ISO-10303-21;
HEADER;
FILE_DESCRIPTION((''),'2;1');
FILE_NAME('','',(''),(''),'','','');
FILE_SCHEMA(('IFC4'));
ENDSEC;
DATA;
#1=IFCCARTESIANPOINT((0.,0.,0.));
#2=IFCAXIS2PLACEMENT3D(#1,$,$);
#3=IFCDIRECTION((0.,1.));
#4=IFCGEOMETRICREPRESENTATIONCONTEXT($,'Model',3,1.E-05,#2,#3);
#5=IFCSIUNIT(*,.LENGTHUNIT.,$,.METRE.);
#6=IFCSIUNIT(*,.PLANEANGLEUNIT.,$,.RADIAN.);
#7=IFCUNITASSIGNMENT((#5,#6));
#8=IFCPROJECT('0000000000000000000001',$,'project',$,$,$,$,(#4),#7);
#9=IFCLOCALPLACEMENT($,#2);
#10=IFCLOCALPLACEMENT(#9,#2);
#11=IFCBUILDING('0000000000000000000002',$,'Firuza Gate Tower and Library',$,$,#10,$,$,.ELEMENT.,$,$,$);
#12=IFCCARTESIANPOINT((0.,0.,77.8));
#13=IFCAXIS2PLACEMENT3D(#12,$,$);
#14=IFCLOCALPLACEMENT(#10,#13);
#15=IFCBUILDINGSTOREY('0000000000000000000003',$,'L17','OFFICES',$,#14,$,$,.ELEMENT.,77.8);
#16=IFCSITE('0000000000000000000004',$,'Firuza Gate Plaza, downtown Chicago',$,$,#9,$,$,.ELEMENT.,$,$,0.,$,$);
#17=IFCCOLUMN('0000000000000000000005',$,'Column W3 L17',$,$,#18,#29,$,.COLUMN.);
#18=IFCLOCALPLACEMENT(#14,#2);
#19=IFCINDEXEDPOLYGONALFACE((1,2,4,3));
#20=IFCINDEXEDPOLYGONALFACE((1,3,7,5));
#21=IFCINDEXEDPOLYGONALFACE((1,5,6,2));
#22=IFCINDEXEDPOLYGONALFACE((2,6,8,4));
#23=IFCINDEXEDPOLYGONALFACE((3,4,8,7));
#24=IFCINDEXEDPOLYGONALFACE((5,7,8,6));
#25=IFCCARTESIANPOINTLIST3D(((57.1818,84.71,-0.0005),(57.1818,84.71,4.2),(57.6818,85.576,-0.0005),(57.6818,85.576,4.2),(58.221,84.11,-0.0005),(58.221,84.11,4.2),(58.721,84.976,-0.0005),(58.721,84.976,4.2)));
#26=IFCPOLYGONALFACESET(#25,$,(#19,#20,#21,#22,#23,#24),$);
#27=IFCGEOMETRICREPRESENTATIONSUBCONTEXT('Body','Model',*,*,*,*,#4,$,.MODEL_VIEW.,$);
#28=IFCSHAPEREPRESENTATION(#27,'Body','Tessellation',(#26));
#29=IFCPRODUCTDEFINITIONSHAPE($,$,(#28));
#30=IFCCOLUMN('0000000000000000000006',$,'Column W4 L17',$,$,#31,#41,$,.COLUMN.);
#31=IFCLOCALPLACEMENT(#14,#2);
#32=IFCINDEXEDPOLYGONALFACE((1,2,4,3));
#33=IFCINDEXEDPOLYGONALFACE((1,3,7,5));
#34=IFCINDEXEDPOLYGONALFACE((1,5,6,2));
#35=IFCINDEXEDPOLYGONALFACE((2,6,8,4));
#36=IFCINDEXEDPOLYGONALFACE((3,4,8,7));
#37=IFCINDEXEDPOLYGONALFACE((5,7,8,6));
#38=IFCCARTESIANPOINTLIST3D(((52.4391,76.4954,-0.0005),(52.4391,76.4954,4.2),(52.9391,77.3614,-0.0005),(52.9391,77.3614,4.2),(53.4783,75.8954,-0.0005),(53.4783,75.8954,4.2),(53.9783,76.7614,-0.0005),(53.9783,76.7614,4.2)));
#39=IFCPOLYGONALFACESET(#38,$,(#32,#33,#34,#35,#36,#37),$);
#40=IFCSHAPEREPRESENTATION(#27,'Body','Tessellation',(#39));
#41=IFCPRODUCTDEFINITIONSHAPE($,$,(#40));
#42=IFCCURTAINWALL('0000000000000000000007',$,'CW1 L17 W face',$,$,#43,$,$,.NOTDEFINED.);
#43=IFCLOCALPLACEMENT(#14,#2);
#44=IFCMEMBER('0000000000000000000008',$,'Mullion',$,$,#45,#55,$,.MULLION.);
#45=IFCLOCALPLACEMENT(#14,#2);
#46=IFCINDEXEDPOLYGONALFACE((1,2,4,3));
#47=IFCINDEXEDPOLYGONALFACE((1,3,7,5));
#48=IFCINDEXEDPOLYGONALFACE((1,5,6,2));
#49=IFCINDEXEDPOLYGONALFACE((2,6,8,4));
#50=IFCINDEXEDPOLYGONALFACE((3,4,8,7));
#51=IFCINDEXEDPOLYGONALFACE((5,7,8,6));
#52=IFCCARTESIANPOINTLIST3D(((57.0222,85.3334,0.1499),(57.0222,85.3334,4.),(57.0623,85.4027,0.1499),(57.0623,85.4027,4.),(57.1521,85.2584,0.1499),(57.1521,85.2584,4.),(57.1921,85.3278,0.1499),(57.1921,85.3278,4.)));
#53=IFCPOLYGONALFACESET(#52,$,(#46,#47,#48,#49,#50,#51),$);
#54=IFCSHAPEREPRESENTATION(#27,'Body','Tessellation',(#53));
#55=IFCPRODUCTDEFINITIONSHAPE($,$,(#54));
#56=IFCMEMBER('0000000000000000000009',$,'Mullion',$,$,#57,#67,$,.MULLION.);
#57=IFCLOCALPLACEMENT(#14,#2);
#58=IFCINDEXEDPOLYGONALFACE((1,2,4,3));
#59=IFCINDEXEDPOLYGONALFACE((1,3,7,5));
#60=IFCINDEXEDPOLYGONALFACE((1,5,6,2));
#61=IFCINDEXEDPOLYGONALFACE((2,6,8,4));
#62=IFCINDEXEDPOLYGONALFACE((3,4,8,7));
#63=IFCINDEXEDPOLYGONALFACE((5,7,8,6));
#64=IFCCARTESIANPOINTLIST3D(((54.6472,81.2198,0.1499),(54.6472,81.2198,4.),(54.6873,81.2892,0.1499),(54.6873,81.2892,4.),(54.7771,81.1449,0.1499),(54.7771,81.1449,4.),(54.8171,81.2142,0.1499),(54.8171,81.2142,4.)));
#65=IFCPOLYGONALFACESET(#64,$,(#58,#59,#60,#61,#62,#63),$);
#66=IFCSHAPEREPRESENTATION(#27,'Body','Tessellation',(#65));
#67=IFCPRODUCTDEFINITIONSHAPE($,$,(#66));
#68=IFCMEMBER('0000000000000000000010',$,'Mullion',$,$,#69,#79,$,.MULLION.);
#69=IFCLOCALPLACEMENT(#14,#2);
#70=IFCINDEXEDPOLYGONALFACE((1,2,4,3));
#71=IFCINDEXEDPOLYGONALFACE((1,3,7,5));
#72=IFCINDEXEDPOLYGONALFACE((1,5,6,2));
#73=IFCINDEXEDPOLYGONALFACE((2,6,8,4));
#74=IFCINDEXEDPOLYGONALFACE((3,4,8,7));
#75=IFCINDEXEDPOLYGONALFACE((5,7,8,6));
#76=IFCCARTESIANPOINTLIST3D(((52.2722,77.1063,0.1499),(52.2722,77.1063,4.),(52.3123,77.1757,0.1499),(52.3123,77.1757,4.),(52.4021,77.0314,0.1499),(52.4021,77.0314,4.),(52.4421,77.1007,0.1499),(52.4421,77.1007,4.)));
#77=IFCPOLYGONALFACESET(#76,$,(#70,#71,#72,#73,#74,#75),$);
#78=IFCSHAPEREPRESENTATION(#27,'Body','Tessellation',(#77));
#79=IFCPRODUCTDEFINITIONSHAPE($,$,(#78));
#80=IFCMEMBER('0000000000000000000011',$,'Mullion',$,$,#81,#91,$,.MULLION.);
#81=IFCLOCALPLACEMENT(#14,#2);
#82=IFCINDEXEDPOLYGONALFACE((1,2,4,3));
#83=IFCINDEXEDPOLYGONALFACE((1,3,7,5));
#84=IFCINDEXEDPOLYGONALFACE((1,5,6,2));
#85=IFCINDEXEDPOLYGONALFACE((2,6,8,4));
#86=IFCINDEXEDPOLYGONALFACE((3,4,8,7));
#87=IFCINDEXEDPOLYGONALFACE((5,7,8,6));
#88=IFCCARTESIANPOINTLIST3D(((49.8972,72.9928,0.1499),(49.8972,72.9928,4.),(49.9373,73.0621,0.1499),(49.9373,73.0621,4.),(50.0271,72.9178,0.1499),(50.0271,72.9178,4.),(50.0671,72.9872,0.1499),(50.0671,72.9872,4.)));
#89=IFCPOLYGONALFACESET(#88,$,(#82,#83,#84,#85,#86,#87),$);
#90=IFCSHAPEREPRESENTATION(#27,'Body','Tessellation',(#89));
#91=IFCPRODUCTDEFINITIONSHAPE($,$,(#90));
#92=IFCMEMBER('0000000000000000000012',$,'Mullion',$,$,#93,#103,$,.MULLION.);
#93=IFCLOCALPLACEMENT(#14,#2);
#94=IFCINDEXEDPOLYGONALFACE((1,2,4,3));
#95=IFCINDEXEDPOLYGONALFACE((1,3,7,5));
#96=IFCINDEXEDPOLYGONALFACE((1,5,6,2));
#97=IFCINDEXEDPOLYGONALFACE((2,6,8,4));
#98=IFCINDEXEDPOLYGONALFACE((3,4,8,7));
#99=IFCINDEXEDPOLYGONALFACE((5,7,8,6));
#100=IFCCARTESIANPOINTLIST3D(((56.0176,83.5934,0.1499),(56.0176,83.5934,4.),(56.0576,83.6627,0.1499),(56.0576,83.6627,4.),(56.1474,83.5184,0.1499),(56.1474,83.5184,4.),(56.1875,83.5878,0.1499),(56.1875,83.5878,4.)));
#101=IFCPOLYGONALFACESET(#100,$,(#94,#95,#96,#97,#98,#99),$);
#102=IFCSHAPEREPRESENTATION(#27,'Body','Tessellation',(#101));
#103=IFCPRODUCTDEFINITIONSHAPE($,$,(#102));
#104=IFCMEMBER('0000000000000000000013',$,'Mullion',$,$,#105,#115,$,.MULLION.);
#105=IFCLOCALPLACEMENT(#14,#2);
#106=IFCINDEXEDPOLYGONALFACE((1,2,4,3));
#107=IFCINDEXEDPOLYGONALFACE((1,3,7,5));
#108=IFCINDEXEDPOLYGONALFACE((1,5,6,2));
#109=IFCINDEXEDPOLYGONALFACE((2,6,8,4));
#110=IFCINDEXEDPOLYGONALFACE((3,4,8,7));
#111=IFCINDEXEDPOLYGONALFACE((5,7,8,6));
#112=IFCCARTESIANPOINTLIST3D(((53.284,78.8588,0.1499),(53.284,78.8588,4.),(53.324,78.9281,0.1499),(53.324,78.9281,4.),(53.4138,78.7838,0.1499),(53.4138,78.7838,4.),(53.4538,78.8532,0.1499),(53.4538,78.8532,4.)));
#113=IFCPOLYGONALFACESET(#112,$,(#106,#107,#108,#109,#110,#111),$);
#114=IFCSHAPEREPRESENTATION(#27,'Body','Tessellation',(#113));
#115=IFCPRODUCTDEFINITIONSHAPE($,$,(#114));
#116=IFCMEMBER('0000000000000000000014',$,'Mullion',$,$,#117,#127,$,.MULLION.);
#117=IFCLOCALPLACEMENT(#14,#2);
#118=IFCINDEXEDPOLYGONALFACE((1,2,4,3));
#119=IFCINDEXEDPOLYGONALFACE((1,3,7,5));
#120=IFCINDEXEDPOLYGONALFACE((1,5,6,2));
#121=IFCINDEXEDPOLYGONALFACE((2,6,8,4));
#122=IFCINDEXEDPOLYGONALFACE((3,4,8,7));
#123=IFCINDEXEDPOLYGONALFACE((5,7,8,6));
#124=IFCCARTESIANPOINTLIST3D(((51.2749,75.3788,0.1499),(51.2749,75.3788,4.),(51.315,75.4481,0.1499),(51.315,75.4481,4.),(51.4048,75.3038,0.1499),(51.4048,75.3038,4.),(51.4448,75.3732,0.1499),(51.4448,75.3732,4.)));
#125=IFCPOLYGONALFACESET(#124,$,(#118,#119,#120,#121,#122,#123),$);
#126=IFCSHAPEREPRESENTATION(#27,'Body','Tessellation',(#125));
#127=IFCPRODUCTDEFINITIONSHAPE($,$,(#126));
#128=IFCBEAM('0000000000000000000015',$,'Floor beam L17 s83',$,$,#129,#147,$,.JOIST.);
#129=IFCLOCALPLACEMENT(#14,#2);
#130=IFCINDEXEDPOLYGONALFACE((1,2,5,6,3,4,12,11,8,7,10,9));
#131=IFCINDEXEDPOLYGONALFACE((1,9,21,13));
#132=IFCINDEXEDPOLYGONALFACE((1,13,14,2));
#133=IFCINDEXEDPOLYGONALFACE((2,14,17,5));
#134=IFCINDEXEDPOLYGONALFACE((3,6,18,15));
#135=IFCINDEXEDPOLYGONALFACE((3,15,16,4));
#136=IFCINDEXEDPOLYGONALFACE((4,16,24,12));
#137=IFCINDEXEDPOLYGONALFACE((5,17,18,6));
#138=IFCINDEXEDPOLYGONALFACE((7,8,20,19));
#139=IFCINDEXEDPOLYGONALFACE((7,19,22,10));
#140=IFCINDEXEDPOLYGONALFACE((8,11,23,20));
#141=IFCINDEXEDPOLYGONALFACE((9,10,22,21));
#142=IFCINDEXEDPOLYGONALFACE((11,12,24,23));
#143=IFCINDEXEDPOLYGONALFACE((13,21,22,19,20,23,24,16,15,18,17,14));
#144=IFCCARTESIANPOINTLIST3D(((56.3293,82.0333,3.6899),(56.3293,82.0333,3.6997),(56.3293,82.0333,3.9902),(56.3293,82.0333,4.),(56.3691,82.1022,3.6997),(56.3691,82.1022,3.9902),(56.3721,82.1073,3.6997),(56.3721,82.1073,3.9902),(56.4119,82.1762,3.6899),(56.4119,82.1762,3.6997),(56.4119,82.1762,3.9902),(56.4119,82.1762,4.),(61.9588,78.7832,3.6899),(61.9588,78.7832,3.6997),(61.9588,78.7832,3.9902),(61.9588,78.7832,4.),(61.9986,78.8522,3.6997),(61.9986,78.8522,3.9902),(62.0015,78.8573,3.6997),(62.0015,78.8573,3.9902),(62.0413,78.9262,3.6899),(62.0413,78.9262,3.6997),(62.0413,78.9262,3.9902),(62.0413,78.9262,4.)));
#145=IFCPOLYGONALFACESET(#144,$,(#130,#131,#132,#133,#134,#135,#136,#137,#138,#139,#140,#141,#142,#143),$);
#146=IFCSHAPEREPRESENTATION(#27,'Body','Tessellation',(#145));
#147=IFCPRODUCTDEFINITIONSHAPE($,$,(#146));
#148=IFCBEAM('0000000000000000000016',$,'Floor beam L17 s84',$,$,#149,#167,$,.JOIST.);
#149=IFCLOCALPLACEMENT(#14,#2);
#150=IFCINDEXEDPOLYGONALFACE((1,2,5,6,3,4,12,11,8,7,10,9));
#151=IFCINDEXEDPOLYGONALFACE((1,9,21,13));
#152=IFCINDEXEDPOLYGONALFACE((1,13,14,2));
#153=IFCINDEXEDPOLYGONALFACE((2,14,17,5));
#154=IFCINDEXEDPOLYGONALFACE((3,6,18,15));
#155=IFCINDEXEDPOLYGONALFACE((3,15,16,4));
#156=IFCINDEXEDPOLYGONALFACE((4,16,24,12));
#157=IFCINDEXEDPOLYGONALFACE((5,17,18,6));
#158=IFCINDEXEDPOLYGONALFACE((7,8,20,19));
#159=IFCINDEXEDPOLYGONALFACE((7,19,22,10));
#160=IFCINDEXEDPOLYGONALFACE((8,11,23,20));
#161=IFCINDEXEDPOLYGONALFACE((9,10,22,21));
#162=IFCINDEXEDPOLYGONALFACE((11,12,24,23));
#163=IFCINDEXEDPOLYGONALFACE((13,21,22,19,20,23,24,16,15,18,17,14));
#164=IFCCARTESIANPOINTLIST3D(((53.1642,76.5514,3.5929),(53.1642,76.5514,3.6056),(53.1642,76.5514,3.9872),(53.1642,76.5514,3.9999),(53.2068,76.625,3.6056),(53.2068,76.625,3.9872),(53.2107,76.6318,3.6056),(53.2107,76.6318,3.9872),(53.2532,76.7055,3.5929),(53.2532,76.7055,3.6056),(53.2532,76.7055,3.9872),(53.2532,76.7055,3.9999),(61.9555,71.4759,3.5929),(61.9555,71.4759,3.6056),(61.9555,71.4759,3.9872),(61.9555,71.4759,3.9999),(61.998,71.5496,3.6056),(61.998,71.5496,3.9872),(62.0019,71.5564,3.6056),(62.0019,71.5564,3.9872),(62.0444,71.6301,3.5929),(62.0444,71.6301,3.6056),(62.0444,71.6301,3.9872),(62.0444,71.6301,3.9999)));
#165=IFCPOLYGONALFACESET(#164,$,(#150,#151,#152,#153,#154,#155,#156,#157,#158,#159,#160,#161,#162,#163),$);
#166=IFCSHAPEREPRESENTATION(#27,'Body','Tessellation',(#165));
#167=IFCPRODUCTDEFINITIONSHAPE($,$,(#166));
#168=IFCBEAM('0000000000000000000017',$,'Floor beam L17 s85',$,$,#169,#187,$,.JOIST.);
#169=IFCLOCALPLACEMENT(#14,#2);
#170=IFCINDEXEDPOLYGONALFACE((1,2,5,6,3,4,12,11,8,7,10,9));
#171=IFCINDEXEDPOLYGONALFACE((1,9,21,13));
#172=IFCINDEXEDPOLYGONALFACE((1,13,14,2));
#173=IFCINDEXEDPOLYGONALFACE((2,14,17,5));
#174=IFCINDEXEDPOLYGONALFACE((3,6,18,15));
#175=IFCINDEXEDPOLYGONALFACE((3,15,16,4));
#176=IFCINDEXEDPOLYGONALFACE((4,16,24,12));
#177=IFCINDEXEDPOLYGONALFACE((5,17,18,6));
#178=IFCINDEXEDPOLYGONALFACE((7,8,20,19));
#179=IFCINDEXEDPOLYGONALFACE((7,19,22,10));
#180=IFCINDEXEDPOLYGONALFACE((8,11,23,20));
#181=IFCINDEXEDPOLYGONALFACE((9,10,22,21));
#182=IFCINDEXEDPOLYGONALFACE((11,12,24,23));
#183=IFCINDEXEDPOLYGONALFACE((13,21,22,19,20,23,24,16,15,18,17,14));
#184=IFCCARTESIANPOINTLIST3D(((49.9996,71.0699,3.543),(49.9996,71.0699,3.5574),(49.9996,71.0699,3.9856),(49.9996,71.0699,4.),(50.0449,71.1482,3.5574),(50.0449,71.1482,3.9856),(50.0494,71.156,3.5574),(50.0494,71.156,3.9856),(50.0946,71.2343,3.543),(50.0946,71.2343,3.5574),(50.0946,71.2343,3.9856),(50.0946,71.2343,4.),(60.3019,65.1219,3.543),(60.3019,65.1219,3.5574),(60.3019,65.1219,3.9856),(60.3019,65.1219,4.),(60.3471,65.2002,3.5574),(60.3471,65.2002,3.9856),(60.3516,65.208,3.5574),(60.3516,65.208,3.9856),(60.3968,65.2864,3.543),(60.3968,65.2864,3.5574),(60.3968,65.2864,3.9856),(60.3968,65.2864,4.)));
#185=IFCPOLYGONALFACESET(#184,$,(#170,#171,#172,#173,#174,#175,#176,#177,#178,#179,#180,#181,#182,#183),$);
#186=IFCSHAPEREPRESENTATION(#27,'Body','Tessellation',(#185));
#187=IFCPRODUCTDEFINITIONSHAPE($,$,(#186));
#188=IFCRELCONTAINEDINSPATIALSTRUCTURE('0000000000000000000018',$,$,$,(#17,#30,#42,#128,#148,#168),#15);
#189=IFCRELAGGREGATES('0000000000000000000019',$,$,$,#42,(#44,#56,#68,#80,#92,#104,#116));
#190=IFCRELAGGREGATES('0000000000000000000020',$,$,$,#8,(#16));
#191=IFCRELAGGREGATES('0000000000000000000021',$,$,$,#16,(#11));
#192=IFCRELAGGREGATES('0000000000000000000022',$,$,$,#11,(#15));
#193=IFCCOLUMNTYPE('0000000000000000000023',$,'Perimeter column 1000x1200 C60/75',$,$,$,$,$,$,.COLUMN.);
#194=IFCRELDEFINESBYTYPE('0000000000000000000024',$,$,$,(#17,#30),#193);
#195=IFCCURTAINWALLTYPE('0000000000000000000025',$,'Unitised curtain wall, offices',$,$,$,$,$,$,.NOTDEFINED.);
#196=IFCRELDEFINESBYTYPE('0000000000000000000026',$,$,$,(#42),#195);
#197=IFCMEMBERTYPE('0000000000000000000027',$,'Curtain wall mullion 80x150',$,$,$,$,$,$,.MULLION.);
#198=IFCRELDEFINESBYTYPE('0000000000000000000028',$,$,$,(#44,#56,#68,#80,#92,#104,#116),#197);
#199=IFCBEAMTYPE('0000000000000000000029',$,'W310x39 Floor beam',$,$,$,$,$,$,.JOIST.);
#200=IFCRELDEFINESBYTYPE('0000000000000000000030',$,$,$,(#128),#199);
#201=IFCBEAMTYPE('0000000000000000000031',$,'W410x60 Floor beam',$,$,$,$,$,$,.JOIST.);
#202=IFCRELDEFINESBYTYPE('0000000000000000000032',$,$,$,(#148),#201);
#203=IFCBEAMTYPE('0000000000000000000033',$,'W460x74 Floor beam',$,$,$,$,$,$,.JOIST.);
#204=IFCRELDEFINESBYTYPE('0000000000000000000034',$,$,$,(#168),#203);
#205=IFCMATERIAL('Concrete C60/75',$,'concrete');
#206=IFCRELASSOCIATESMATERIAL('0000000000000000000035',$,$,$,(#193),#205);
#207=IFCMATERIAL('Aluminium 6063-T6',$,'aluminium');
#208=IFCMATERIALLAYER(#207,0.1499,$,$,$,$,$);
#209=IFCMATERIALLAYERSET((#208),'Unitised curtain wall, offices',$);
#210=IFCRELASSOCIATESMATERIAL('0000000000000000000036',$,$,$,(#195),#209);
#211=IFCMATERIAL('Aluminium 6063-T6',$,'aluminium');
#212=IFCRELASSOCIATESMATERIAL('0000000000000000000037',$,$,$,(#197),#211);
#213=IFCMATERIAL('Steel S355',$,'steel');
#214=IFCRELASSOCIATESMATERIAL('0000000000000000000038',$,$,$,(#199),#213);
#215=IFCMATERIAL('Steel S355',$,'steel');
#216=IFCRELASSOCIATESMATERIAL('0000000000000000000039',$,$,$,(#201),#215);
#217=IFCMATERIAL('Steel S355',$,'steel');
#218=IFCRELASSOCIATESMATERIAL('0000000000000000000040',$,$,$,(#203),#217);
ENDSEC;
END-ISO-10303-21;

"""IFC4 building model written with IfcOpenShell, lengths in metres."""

from ifc_helpers import new_model, si_unit, direction, frame, origin, origin_2d, place, context, subcontext, project, spatial, rectangle, i_section, extrude, material, layer, layer_set, material_profile, profile_set, type_object, element, aggregate, save


model = new_model("IFC4")

# Units and contexts
model_context = context("Model", 3, precision=1e-05, world=origin(), true_north=direction((0.0, 1.0)))
body_context = subcontext(model_context, "Body", "Model", "MODEL_VIEW")
ifc_project = project(units=[si_unit("LENGTHUNIT", "METRE"), si_unit("PLANEANGLEUNIT", "RADIAN")], contexts=[model_context])

# Site, building, storey
site_placement = place(None, origin())
site = spatial("IfcSite", under=ifc_project, at=site_placement, Name="Firuza Gate Plaza, downtown Chicago", CompositionType="ELEMENT", RefElevation=0.0)
building_placement = place(site_placement, origin())
building = spatial("IfcBuilding", under=site, at=building_placement, Name="Firuza Gate Tower and Library", CompositionType="ELEMENT")
storey_placement = place(building_placement, frame((0.0, 0.0, 77.8)))
storey = spatial("IfcBuildingStorey", under=building, at=storey_placement, Name="L17", Description="OFFICES", CompositionType="ELEMENT", Elevation=77.8)

# Columns
ifc_material_1 = material(Name="Concrete C60/75", Category="concrete")
ifc_material_profile_1 = material_profile(ifc_material_1, rectangle(XDim=1.0, YDim=1.2, at=origin_2d()))
ifc_profile_set_1 = profile_set([ifc_material_profile_1], Name="Concrete C60/75")
column_type = type_object("IfcColumnType", Name="Perimeter column 1000x1200 C60/75", PredefinedType="COLUMN", material=ifc_profile_set_1)
for number, where, z_axis, x_axis, name in (
    (1, (57.9514, 84.843, -0.0005), (0.0, 0.0, 1.0), (-0.5, -0.866025, 0.0), "Column W3 L17"),
    (2, (53.2087, 76.6284, -0.0005), (0.0, 0.0, 1.0), (-0.5, -0.866025, 0.0), "Column W4 L17"),
):
    element("IfcColumn", number, at=place(storey_placement, frame(where, z_axis=z_axis, x_axis=x_axis)), inside=storey, type_object=column_type, Name=name, PredefinedType="COLUMN", context=body_context, shape_type="SweptSolid", body=[
        extrude(rectangle(XDim=1.0, YDim=1.2, at=origin_2d()), origin(), (0.0, 0.0, 1.0), 4.2004),
    ])

# Curtain wall, members
ifc_material_2 = material(Name="Aluminium 6063-T6", Category="aluminium")
ifc_layer_1 = layer(ifc_material_2, 0.1499)
ifc_layer_set_1 = layer_set([ifc_layer_1], Name="Unitised curtain wall, offices")
curtain_wall_type = type_object("IfcCurtainWallType", Name="Unitised curtain wall, offices", PredefinedType="NOTDEFINED", material=ifc_layer_set_1)
curtain_wall_placement = place(storey_placement, origin())
curtain_wall = element("IfcCurtainWall", 3, at=curtain_wall_placement, inside=storey, type_object=curtain_wall_type, Name="CW1 L17 W face", PredefinedType="NOTDEFINED")
ifc_material_3 = material(Name="Aluminium 6063-T6", Category="aluminium")
ifc_material_profile_2 = material_profile(ifc_material_3, rectangle(XDim=0.1499, YDim=0.0801, at=origin_2d()))
ifc_profile_set_2 = profile_set([ifc_material_profile_2], Name="Aluminium 6063-T6")
member_type = type_object("IfcMemberType", Name="Curtain wall mullion 80x150", PredefinedType="MULLION", material=ifc_profile_set_2)
member_1_placement = place(storey_placement, frame((57.1072, 85.3306, 0.1499), z_axis=(0.0, 0.0, 1.0), x_axis=(0.866025, -0.5, 0.0)))
member_1 = element("IfcMember", 4, at=member_1_placement, type_object=member_type, Name="Mullion", PredefinedType="MULLION", context=body_context, shape_type="SweptSolid", body=[
    extrude(rectangle(XDim=0.1499, YDim=0.0801, at=origin_2d()), origin(), (0.0, 0.0, 1.0), 3.8501),
])
member_2_placement = place(storey_placement, frame((54.7322, 81.217, 0.1499), z_axis=(0.0, 0.0, 1.0), x_axis=(0.866025, -0.5, 0.0)))
member_2 = element("IfcMember", 5, at=member_2_placement, type_object=member_type, Name="Mullion", PredefinedType="MULLION", context=body_context, shape_type="SweptSolid", body=[
    extrude(rectangle(XDim=0.1499, YDim=0.0801, at=origin_2d()), origin(), (0.0, 0.0, 1.0), 3.8501),
])
member_3_placement = place(storey_placement, frame((52.3572, 77.1035, 0.1499), z_axis=(0.0, 0.0, 1.0), x_axis=(0.866025, -0.5, 0.0)))
member_3 = element("IfcMember", 6, at=member_3_placement, type_object=member_type, Name="Mullion", PredefinedType="MULLION", context=body_context, shape_type="SweptSolid", body=[
    extrude(rectangle(XDim=0.1499, YDim=0.0801, at=origin_2d()), origin(), (0.0, 0.0, 1.0), 3.8501),
])
member_4_placement = place(storey_placement, frame((49.9822, 72.99, 0.1499), z_axis=(0.0, 0.0, 1.0), x_axis=(0.866025, -0.5, 0.0)))
member_4 = element("IfcMember", 7, at=member_4_placement, type_object=member_type, Name="Mullion", PredefinedType="MULLION", context=body_context, shape_type="SweptSolid", body=[
    extrude(rectangle(XDim=0.1499, YDim=0.0801, at=origin_2d()), origin(), (0.0, 0.0, 1.0), 3.8501),
])
member_5_placement = place(storey_placement, frame((56.1025, 83.5906, 0.1499), z_axis=(0.0, 0.0, 1.0), x_axis=(0.866025, -0.5, 0.0)))
member_5 = element("IfcMember", 8, at=member_5_placement, type_object=member_type, Name="Mullion", PredefinedType="MULLION", context=body_context, shape_type="SweptSolid", body=[
    extrude(rectangle(XDim=0.1499, YDim=0.0801, at=origin_2d()), origin(), (0.0, 0.0, 1.0), 3.8501),
])
member_6_placement = place(storey_placement, frame((53.3689, 78.856, 0.1499), z_axis=(0.0, 0.0, 1.0), x_axis=(0.866025, -0.5, 0.0)))
member_6 = element("IfcMember", 9, at=member_6_placement, type_object=member_type, Name="Mullion", PredefinedType="MULLION", context=body_context, shape_type="SweptSolid", body=[
    extrude(rectangle(XDim=0.1499, YDim=0.0801, at=origin_2d()), origin(), (0.0, 0.0, 1.0), 3.8501),
])
member_7_placement = place(storey_placement, frame((51.3599, 75.376, 0.1499), z_axis=(0.0, 0.0, 1.0), x_axis=(0.866025, -0.5, 0.0)))
member_7 = element("IfcMember", 10, at=member_7_placement, type_object=member_type, Name="Mullion", PredefinedType="MULLION", context=body_context, shape_type="SweptSolid", body=[
    extrude(rectangle(XDim=0.1499, YDim=0.0801, at=origin_2d()), origin(), (0.0, 0.0, 1.0), 3.8501),
])

# Beams
ifc_material_4 = material(Name="Steel S355", Category="steel")
ifc_material_profile_3 = material_profile(ifc_material_4, i_section(OverallWidth=0.165, OverallDepth=0.3101, WebThickness=0.0059, FlangeThickness=0.0098, at=origin_2d()))
ifc_profile_set_3 = profile_set([ifc_material_profile_3], Name="Steel S355")
beam_type_1 = type_object("IfcBeamType", Name="W310x39 Floor beam", PredefinedType="JOIST", material=ifc_profile_set_3)
beam_1_placement = place(storey_placement, frame((56.3706, 82.1047, 3.845), z_axis=(0.866034, -0.499985, 0.0), x_axis=(0.499985, 0.866034, 0.0)))
element("IfcBeam", 11, at=beam_1_placement, inside=storey, type_object=beam_type_1, Name="Floor beam L17 s83", PredefinedType="JOIST", context=body_context, shape_type="SweptSolid", body=[
    extrude(i_section(OverallWidth=0.165, OverallDepth=0.3101, WebThickness=0.0059, FlangeThickness=0.0098, at=origin_2d()), origin(), (0.0, 0.0, 1.0), 6.5002),
])
ifc_material_5 = material(Name="Steel S355", Category="steel")
ifc_material_profile_4 = material_profile(ifc_material_5, i_section(OverallWidth=0.178, OverallDepth=0.407, WebThickness=0.0078, FlangeThickness=0.0127, at=origin_2d()))
ifc_profile_set_4 = profile_set([ifc_material_profile_4], Name="Steel S355")
beam_type_2 = type_object("IfcBeamType", Name="W410x60 Floor beam", PredefinedType="JOIST", material=ifc_profile_set_4)
beam_2_placement = place(storey_placement, frame((53.2087, 76.6284, 3.7964), z_axis=(0.866034, -0.499985, 0.0), x_axis=(0.499985, 0.866034, 0.0)))
element("IfcBeam", 12, at=beam_2_placement, inside=storey, type_object=beam_type_2, Name="Floor beam L17 s84", PredefinedType="JOIST", context=body_context, shape_type="SweptSolid", body=[
    extrude(i_section(OverallWidth=0.178, OverallDepth=0.407, WebThickness=0.0078, FlangeThickness=0.0127, at=origin_2d()), origin(), (0.0, 0.0, 1.0), 10.1511),
])
ifc_material_6 = material(Name="Steel S355", Category="steel")
ifc_material_profile_5 = material_profile(ifc_material_6, i_section(OverallWidth=0.1899, OverallDepth=0.457, WebThickness=0.009, FlangeThickness=0.0144, at=origin_2d()))
ifc_profile_set_5 = profile_set([ifc_material_profile_5], Name="Steel S355")
beam_type_3 = type_object("IfcBeamType", Name="W460x74 Floor beam", PredefinedType="JOIST", material=ifc_profile_set_5)
beam_3_placement = place(storey_placement, frame((50.0471, 71.1521, 3.7715), z_axis=(0.866026, -0.5, 0.0), x_axis=(0.5, 0.866026, 0.0)))
element("IfcBeam", 13, at=beam_3_placement, inside=storey, type_object=beam_type_3, Name="Floor beam L17 s85", PredefinedType="JOIST", context=body_context, shape_type="SweptSolid", body=[
    extrude(i_section(OverallWidth=0.1899, OverallDepth=0.457, WebThickness=0.009, FlangeThickness=0.0144, at=origin_2d()), origin(), (0.0, 0.0, 1.0), 11.896),
])

aggregate(curtain_wall, [member_1, member_2, member_3, member_4, member_5, member_6, member_7])

save(model, "model.ifc")
